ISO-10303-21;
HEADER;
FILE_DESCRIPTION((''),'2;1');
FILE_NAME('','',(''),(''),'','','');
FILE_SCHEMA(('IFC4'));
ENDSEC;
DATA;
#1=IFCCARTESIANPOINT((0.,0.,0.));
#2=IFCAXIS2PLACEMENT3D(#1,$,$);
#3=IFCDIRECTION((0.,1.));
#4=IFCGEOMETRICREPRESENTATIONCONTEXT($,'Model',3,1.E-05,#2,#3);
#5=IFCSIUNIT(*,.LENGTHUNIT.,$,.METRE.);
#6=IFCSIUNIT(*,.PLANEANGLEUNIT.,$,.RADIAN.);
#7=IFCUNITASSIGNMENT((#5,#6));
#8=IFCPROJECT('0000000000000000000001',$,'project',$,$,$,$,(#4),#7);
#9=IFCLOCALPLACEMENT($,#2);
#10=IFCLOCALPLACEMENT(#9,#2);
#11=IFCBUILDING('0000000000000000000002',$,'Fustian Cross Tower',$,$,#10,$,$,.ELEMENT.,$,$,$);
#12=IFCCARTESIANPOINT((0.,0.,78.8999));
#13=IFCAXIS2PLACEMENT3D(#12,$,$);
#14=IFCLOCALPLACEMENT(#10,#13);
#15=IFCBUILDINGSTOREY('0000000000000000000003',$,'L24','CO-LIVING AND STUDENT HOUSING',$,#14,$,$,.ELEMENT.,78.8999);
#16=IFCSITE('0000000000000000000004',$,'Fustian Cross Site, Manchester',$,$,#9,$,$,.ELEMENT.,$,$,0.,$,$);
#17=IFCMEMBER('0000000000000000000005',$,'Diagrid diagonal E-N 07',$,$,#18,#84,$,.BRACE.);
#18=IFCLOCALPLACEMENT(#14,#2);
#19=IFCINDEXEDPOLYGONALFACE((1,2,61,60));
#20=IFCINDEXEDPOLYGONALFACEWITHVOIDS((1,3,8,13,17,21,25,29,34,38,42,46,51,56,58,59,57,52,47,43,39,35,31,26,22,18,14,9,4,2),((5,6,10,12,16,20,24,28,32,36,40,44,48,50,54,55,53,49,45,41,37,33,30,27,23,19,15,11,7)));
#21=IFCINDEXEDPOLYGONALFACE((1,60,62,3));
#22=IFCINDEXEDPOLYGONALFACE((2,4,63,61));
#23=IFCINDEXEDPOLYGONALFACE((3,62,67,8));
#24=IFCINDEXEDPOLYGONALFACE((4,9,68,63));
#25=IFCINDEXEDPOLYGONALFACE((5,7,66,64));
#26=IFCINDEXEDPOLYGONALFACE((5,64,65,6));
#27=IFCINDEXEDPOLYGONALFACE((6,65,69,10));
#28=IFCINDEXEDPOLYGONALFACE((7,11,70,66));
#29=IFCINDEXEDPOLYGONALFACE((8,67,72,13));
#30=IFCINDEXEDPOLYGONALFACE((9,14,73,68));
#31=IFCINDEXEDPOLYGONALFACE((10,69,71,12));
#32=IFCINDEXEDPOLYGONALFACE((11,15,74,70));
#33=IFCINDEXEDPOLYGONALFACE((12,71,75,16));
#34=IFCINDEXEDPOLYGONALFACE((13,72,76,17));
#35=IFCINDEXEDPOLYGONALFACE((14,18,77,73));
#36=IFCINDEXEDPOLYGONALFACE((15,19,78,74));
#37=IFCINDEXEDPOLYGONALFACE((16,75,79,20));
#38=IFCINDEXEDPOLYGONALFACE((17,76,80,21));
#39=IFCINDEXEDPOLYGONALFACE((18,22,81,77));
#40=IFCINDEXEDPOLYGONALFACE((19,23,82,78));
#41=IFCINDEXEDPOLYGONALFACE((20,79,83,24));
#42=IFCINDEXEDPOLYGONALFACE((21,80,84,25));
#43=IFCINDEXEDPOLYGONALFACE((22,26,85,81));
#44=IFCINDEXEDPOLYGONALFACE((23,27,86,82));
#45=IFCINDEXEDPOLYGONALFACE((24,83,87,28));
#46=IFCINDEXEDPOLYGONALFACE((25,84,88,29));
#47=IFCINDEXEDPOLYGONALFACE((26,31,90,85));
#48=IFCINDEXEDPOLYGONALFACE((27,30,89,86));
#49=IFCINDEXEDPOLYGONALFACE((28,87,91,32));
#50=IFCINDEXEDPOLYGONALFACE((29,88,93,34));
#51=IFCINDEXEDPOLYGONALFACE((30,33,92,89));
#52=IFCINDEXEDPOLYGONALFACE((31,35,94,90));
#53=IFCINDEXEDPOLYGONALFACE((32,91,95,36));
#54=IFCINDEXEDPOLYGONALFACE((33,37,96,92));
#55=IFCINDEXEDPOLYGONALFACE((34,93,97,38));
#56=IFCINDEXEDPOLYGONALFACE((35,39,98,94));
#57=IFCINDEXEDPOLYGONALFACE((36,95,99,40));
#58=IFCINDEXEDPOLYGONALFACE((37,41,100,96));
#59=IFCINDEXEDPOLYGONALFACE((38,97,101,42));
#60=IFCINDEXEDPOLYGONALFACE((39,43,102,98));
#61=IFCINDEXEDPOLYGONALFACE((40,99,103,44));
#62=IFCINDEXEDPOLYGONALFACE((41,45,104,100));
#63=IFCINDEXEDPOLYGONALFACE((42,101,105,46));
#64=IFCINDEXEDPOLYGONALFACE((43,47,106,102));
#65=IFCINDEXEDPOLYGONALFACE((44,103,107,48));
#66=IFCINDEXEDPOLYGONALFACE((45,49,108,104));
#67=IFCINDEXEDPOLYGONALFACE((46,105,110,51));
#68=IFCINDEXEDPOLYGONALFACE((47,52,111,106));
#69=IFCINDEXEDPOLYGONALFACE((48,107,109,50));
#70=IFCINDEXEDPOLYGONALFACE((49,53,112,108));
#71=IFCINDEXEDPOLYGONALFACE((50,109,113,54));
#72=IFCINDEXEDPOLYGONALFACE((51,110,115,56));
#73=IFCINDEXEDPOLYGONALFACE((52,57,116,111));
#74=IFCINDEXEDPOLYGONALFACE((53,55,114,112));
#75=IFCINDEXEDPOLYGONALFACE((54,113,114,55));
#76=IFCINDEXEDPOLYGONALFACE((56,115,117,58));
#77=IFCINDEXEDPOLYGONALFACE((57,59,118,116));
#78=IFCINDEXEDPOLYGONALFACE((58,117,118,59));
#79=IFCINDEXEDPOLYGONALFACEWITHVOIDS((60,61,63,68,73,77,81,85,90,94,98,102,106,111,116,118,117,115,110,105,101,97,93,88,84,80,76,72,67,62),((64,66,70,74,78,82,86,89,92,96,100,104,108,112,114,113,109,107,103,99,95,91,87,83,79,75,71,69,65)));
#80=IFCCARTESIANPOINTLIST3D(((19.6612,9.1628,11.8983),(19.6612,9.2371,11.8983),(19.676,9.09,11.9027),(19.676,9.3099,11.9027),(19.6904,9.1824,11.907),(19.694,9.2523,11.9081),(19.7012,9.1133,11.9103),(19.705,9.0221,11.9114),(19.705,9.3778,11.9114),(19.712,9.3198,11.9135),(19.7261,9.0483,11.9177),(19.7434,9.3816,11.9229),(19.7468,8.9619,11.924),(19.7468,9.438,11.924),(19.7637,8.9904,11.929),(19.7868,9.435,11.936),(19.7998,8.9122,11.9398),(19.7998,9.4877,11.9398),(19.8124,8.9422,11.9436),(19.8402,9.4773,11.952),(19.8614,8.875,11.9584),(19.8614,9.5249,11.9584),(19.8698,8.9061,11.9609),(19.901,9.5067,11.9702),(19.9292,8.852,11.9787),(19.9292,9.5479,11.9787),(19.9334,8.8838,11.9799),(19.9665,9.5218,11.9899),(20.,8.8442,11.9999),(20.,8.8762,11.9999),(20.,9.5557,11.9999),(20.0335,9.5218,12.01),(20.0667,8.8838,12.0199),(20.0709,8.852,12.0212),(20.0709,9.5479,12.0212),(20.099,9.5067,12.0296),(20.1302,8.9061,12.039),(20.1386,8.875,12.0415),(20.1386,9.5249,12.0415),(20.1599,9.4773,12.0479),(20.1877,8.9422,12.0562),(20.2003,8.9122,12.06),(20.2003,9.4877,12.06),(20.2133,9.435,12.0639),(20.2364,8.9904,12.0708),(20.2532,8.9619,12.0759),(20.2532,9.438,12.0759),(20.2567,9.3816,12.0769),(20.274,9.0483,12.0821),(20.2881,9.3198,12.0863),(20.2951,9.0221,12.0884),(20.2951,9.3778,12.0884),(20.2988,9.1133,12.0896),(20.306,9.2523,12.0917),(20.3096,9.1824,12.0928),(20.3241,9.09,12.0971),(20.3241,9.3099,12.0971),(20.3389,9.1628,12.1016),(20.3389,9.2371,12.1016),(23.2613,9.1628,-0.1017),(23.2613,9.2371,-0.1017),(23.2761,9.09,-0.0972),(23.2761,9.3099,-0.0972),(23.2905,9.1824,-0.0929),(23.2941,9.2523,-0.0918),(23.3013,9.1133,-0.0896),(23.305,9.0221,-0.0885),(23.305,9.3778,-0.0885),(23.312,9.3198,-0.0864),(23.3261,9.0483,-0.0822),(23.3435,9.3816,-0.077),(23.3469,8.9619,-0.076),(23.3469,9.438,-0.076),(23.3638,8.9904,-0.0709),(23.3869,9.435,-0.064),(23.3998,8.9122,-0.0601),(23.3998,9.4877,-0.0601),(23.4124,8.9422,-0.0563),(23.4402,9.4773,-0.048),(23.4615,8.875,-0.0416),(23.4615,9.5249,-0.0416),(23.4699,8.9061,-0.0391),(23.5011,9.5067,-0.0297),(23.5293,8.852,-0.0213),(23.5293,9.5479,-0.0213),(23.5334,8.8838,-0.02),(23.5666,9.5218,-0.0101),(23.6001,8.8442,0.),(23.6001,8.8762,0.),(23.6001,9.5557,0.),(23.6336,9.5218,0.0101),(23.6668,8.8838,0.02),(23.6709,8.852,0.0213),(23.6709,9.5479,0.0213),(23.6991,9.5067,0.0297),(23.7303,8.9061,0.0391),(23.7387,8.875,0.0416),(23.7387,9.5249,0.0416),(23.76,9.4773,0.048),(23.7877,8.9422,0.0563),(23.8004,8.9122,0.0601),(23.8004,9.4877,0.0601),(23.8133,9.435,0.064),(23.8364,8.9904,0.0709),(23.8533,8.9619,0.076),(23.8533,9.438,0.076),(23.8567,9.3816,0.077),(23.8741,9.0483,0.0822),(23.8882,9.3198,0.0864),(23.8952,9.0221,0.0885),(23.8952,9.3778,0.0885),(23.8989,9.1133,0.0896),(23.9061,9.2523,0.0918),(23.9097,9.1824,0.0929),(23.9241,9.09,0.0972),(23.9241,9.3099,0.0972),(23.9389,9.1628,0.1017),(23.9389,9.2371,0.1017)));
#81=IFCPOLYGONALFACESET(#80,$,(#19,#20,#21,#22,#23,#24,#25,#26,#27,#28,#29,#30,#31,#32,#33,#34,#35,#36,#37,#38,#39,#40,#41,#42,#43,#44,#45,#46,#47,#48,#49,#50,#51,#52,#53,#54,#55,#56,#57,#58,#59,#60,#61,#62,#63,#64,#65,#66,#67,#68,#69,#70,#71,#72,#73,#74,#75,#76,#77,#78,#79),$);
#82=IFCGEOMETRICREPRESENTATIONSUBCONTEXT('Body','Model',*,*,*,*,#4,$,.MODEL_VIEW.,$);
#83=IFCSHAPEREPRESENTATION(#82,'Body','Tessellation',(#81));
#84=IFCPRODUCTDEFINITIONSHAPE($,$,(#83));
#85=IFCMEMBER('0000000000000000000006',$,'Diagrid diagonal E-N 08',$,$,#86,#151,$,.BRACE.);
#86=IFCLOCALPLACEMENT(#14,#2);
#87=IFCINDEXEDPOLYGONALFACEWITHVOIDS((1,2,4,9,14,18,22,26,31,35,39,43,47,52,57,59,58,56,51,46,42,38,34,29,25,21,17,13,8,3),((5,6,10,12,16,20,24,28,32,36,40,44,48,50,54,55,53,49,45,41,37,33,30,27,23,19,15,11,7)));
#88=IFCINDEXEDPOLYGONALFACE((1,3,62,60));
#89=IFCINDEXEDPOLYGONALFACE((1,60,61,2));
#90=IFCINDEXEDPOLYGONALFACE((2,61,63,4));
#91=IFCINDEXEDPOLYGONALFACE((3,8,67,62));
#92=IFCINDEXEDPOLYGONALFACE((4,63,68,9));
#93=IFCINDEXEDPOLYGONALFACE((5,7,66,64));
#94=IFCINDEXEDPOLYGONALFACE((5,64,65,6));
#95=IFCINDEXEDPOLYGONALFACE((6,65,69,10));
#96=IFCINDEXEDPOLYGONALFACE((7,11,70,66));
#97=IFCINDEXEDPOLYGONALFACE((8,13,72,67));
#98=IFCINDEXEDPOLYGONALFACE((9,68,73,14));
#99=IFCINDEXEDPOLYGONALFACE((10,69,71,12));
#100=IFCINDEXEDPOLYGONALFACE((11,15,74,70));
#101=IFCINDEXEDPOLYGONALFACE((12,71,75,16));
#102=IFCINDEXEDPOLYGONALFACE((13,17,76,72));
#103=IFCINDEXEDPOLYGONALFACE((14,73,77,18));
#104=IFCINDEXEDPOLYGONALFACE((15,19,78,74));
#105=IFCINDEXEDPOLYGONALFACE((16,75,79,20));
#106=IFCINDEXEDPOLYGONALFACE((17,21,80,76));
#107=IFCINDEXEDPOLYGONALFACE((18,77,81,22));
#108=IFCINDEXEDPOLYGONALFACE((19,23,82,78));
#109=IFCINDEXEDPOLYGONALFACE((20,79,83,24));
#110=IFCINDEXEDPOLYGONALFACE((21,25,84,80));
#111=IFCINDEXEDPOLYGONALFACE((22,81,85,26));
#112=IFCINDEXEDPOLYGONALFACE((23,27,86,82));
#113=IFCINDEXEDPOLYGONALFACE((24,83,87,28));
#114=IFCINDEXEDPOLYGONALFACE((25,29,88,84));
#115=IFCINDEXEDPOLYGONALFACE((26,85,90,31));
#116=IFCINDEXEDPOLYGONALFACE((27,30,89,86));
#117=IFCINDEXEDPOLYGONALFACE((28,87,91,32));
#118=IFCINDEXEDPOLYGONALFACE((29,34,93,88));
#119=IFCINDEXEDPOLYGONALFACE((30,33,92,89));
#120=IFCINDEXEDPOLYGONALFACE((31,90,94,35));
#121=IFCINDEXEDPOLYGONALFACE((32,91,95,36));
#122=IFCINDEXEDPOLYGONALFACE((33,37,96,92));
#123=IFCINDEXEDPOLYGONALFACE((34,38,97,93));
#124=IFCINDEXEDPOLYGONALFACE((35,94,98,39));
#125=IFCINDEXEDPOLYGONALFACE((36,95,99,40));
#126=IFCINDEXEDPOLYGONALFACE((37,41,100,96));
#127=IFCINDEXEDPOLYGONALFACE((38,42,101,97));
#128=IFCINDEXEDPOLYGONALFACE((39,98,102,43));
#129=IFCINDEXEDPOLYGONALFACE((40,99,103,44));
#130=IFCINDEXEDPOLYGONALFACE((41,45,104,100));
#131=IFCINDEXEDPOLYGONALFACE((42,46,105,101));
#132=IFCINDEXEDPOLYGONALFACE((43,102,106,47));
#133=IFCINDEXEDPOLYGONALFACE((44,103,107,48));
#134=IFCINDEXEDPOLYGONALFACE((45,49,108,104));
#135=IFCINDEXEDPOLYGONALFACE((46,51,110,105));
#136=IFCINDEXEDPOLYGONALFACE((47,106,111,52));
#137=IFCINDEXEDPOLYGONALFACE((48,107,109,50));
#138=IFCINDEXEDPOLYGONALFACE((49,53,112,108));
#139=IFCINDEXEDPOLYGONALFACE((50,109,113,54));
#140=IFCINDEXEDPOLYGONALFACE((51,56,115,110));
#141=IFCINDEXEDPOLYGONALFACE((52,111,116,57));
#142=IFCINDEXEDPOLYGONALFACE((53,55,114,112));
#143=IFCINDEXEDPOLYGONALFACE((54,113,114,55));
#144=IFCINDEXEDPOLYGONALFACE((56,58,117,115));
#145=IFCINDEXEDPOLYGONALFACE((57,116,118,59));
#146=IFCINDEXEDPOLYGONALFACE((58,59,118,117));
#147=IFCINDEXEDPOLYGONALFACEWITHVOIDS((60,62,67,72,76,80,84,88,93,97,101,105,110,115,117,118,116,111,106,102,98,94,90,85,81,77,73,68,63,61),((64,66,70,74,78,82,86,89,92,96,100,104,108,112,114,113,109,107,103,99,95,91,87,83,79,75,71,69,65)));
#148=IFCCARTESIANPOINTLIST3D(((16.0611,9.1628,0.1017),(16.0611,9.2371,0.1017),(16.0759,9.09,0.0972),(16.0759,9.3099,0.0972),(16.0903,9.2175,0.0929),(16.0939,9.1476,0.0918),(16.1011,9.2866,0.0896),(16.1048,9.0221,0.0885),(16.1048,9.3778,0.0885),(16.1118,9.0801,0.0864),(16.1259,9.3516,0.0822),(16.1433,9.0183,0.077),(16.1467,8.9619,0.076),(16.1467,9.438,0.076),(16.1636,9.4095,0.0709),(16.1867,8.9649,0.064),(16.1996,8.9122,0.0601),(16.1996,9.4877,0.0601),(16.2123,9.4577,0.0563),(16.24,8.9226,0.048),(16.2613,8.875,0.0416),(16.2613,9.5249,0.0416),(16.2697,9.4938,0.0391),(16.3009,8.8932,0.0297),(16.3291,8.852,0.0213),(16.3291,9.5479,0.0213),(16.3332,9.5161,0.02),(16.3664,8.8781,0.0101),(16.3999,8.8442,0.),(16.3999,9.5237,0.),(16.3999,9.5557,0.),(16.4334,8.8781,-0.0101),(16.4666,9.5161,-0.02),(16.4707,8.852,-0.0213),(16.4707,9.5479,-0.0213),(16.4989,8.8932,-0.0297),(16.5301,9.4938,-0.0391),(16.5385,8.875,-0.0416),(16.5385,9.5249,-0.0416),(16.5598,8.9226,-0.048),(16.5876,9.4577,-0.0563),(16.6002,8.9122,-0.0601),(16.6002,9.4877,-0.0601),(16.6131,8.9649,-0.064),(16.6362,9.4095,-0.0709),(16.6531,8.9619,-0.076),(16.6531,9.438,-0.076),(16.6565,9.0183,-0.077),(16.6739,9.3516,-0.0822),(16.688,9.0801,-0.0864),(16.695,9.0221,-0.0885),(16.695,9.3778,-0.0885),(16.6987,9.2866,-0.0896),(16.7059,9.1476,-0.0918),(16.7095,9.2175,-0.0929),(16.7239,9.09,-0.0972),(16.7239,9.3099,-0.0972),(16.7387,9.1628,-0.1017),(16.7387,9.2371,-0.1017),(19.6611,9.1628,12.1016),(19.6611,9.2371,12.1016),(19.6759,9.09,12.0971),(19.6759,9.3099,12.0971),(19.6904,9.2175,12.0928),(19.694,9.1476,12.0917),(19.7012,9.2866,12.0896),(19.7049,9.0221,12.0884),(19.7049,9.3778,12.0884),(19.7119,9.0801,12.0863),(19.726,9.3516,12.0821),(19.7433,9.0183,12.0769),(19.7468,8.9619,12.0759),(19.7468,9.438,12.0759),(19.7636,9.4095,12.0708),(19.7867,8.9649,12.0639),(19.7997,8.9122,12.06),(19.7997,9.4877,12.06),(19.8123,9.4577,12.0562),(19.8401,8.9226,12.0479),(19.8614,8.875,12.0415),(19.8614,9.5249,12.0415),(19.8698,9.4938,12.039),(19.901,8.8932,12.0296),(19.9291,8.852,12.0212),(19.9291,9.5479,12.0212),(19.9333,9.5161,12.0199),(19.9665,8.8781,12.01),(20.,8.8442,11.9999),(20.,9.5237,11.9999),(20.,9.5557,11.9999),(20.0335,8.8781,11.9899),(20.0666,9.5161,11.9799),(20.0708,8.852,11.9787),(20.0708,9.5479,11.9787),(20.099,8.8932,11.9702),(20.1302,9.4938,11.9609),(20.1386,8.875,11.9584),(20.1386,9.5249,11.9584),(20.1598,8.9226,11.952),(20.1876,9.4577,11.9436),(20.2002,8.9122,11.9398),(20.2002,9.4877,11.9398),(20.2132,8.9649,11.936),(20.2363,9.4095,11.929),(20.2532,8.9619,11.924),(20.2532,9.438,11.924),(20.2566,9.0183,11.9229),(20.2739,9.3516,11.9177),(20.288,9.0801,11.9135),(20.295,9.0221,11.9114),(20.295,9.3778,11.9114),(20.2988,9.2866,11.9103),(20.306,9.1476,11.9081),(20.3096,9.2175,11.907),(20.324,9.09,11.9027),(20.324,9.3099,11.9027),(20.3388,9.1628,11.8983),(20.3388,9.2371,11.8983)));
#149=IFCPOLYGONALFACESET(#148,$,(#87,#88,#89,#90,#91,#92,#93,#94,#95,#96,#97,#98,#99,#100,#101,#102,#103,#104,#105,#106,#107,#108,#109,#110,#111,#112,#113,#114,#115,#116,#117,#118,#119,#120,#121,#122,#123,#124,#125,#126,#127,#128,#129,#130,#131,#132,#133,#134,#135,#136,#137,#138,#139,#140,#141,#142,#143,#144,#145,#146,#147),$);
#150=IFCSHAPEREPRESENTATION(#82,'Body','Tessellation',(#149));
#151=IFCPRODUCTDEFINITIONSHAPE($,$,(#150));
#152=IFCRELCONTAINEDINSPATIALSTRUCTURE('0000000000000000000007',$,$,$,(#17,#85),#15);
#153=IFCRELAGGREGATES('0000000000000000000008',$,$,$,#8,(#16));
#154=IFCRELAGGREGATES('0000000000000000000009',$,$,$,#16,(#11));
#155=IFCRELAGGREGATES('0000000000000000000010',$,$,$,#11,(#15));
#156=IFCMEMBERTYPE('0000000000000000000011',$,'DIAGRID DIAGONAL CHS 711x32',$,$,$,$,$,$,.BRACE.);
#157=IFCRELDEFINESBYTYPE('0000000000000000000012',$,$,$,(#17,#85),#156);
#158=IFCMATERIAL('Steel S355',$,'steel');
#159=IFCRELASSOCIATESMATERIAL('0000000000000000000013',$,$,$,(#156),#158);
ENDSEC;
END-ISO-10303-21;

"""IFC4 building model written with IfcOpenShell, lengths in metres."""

from ifc_helpers import new_model, si_unit, direction, frame, origin, origin_2d, place, context, subcontext, project, spatial, hollow_circle, extrude, material, material_profile, profile_set, type_object, element, save


model = new_model("IFC4")

# Units and contexts
model_context = context("Model", 3, precision=1e-05, world=origin(), true_north=direction((0.0, 1.0)))
body_context = subcontext(model_context, "Body", "Model", "MODEL_VIEW")
ifc_project = project(units=[si_unit("LENGTHUNIT", "METRE"), si_unit("PLANEANGLEUNIT", "RADIAN")], contexts=[model_context])

# Site, building, storey
site_placement = place(None, origin())
site = spatial("IfcSite", under=ifc_project, at=site_placement, Name="Fustian Cross Site, Manchester", CompositionType="ELEMENT", RefElevation=0.0)
building_placement = place(site_placement, origin())
building = spatial("IfcBuilding", under=site, at=building_placement, Name="Fustian Cross Tower", CompositionType="ELEMENT")
storey_placement = place(building_placement, frame((0.0, 0.0, 78.8999)))
storey = spatial("IfcBuildingStorey", under=building, at=storey_placement, Name="L24", Description="CO-LIVING AND STUDENT HOUSING", CompositionType="ELEMENT", Elevation=78.8999)

# Members
ifc_material_1 = material(Name="Steel S355", Category="steel")
ifc_material_profile_1 = material_profile(ifc_material_1, hollow_circle(Radius=0.3557, WallThickness=0.032, at=origin_2d()), Name="CHS 711x32")
ifc_profile_set_1 = profile_set([ifc_material_profile_1], Name="Steel S355")
member_type = type_object("IfcMemberType", Name="DIAGRID DIAGONAL CHS 711x32", PredefinedType="BRACE", material=ifc_profile_set_1)
for number, where, z_axis, x_axis, name in (
    (1, (23.6001, 9.2, 0.0), (-0.287355, 0.0, 0.957824), (0.0, -1.0, 0.0), "Diagrid diagonal E-N 07"),
    (2, (16.3999, 9.2, 0.0), (0.287355, 0.0, 0.957824), (0.0, 1.0, 0.0), "Diagrid diagonal E-N 08"),
):
    element("IfcMember", number, at=place(storey_placement, frame(where, z_axis=z_axis, x_axis=x_axis)), inside=storey, type_object=member_type, Name=name, PredefinedType="BRACE", context=body_context, shape_type="SweptSolid", body=[
        extrude(hollow_circle(Radius=0.3557, WallThickness=0.032, at=origin_2d()), origin(), (0.0, 0.0, 1.0), 12.5283),
    ])

save(model, "model.ifc")
